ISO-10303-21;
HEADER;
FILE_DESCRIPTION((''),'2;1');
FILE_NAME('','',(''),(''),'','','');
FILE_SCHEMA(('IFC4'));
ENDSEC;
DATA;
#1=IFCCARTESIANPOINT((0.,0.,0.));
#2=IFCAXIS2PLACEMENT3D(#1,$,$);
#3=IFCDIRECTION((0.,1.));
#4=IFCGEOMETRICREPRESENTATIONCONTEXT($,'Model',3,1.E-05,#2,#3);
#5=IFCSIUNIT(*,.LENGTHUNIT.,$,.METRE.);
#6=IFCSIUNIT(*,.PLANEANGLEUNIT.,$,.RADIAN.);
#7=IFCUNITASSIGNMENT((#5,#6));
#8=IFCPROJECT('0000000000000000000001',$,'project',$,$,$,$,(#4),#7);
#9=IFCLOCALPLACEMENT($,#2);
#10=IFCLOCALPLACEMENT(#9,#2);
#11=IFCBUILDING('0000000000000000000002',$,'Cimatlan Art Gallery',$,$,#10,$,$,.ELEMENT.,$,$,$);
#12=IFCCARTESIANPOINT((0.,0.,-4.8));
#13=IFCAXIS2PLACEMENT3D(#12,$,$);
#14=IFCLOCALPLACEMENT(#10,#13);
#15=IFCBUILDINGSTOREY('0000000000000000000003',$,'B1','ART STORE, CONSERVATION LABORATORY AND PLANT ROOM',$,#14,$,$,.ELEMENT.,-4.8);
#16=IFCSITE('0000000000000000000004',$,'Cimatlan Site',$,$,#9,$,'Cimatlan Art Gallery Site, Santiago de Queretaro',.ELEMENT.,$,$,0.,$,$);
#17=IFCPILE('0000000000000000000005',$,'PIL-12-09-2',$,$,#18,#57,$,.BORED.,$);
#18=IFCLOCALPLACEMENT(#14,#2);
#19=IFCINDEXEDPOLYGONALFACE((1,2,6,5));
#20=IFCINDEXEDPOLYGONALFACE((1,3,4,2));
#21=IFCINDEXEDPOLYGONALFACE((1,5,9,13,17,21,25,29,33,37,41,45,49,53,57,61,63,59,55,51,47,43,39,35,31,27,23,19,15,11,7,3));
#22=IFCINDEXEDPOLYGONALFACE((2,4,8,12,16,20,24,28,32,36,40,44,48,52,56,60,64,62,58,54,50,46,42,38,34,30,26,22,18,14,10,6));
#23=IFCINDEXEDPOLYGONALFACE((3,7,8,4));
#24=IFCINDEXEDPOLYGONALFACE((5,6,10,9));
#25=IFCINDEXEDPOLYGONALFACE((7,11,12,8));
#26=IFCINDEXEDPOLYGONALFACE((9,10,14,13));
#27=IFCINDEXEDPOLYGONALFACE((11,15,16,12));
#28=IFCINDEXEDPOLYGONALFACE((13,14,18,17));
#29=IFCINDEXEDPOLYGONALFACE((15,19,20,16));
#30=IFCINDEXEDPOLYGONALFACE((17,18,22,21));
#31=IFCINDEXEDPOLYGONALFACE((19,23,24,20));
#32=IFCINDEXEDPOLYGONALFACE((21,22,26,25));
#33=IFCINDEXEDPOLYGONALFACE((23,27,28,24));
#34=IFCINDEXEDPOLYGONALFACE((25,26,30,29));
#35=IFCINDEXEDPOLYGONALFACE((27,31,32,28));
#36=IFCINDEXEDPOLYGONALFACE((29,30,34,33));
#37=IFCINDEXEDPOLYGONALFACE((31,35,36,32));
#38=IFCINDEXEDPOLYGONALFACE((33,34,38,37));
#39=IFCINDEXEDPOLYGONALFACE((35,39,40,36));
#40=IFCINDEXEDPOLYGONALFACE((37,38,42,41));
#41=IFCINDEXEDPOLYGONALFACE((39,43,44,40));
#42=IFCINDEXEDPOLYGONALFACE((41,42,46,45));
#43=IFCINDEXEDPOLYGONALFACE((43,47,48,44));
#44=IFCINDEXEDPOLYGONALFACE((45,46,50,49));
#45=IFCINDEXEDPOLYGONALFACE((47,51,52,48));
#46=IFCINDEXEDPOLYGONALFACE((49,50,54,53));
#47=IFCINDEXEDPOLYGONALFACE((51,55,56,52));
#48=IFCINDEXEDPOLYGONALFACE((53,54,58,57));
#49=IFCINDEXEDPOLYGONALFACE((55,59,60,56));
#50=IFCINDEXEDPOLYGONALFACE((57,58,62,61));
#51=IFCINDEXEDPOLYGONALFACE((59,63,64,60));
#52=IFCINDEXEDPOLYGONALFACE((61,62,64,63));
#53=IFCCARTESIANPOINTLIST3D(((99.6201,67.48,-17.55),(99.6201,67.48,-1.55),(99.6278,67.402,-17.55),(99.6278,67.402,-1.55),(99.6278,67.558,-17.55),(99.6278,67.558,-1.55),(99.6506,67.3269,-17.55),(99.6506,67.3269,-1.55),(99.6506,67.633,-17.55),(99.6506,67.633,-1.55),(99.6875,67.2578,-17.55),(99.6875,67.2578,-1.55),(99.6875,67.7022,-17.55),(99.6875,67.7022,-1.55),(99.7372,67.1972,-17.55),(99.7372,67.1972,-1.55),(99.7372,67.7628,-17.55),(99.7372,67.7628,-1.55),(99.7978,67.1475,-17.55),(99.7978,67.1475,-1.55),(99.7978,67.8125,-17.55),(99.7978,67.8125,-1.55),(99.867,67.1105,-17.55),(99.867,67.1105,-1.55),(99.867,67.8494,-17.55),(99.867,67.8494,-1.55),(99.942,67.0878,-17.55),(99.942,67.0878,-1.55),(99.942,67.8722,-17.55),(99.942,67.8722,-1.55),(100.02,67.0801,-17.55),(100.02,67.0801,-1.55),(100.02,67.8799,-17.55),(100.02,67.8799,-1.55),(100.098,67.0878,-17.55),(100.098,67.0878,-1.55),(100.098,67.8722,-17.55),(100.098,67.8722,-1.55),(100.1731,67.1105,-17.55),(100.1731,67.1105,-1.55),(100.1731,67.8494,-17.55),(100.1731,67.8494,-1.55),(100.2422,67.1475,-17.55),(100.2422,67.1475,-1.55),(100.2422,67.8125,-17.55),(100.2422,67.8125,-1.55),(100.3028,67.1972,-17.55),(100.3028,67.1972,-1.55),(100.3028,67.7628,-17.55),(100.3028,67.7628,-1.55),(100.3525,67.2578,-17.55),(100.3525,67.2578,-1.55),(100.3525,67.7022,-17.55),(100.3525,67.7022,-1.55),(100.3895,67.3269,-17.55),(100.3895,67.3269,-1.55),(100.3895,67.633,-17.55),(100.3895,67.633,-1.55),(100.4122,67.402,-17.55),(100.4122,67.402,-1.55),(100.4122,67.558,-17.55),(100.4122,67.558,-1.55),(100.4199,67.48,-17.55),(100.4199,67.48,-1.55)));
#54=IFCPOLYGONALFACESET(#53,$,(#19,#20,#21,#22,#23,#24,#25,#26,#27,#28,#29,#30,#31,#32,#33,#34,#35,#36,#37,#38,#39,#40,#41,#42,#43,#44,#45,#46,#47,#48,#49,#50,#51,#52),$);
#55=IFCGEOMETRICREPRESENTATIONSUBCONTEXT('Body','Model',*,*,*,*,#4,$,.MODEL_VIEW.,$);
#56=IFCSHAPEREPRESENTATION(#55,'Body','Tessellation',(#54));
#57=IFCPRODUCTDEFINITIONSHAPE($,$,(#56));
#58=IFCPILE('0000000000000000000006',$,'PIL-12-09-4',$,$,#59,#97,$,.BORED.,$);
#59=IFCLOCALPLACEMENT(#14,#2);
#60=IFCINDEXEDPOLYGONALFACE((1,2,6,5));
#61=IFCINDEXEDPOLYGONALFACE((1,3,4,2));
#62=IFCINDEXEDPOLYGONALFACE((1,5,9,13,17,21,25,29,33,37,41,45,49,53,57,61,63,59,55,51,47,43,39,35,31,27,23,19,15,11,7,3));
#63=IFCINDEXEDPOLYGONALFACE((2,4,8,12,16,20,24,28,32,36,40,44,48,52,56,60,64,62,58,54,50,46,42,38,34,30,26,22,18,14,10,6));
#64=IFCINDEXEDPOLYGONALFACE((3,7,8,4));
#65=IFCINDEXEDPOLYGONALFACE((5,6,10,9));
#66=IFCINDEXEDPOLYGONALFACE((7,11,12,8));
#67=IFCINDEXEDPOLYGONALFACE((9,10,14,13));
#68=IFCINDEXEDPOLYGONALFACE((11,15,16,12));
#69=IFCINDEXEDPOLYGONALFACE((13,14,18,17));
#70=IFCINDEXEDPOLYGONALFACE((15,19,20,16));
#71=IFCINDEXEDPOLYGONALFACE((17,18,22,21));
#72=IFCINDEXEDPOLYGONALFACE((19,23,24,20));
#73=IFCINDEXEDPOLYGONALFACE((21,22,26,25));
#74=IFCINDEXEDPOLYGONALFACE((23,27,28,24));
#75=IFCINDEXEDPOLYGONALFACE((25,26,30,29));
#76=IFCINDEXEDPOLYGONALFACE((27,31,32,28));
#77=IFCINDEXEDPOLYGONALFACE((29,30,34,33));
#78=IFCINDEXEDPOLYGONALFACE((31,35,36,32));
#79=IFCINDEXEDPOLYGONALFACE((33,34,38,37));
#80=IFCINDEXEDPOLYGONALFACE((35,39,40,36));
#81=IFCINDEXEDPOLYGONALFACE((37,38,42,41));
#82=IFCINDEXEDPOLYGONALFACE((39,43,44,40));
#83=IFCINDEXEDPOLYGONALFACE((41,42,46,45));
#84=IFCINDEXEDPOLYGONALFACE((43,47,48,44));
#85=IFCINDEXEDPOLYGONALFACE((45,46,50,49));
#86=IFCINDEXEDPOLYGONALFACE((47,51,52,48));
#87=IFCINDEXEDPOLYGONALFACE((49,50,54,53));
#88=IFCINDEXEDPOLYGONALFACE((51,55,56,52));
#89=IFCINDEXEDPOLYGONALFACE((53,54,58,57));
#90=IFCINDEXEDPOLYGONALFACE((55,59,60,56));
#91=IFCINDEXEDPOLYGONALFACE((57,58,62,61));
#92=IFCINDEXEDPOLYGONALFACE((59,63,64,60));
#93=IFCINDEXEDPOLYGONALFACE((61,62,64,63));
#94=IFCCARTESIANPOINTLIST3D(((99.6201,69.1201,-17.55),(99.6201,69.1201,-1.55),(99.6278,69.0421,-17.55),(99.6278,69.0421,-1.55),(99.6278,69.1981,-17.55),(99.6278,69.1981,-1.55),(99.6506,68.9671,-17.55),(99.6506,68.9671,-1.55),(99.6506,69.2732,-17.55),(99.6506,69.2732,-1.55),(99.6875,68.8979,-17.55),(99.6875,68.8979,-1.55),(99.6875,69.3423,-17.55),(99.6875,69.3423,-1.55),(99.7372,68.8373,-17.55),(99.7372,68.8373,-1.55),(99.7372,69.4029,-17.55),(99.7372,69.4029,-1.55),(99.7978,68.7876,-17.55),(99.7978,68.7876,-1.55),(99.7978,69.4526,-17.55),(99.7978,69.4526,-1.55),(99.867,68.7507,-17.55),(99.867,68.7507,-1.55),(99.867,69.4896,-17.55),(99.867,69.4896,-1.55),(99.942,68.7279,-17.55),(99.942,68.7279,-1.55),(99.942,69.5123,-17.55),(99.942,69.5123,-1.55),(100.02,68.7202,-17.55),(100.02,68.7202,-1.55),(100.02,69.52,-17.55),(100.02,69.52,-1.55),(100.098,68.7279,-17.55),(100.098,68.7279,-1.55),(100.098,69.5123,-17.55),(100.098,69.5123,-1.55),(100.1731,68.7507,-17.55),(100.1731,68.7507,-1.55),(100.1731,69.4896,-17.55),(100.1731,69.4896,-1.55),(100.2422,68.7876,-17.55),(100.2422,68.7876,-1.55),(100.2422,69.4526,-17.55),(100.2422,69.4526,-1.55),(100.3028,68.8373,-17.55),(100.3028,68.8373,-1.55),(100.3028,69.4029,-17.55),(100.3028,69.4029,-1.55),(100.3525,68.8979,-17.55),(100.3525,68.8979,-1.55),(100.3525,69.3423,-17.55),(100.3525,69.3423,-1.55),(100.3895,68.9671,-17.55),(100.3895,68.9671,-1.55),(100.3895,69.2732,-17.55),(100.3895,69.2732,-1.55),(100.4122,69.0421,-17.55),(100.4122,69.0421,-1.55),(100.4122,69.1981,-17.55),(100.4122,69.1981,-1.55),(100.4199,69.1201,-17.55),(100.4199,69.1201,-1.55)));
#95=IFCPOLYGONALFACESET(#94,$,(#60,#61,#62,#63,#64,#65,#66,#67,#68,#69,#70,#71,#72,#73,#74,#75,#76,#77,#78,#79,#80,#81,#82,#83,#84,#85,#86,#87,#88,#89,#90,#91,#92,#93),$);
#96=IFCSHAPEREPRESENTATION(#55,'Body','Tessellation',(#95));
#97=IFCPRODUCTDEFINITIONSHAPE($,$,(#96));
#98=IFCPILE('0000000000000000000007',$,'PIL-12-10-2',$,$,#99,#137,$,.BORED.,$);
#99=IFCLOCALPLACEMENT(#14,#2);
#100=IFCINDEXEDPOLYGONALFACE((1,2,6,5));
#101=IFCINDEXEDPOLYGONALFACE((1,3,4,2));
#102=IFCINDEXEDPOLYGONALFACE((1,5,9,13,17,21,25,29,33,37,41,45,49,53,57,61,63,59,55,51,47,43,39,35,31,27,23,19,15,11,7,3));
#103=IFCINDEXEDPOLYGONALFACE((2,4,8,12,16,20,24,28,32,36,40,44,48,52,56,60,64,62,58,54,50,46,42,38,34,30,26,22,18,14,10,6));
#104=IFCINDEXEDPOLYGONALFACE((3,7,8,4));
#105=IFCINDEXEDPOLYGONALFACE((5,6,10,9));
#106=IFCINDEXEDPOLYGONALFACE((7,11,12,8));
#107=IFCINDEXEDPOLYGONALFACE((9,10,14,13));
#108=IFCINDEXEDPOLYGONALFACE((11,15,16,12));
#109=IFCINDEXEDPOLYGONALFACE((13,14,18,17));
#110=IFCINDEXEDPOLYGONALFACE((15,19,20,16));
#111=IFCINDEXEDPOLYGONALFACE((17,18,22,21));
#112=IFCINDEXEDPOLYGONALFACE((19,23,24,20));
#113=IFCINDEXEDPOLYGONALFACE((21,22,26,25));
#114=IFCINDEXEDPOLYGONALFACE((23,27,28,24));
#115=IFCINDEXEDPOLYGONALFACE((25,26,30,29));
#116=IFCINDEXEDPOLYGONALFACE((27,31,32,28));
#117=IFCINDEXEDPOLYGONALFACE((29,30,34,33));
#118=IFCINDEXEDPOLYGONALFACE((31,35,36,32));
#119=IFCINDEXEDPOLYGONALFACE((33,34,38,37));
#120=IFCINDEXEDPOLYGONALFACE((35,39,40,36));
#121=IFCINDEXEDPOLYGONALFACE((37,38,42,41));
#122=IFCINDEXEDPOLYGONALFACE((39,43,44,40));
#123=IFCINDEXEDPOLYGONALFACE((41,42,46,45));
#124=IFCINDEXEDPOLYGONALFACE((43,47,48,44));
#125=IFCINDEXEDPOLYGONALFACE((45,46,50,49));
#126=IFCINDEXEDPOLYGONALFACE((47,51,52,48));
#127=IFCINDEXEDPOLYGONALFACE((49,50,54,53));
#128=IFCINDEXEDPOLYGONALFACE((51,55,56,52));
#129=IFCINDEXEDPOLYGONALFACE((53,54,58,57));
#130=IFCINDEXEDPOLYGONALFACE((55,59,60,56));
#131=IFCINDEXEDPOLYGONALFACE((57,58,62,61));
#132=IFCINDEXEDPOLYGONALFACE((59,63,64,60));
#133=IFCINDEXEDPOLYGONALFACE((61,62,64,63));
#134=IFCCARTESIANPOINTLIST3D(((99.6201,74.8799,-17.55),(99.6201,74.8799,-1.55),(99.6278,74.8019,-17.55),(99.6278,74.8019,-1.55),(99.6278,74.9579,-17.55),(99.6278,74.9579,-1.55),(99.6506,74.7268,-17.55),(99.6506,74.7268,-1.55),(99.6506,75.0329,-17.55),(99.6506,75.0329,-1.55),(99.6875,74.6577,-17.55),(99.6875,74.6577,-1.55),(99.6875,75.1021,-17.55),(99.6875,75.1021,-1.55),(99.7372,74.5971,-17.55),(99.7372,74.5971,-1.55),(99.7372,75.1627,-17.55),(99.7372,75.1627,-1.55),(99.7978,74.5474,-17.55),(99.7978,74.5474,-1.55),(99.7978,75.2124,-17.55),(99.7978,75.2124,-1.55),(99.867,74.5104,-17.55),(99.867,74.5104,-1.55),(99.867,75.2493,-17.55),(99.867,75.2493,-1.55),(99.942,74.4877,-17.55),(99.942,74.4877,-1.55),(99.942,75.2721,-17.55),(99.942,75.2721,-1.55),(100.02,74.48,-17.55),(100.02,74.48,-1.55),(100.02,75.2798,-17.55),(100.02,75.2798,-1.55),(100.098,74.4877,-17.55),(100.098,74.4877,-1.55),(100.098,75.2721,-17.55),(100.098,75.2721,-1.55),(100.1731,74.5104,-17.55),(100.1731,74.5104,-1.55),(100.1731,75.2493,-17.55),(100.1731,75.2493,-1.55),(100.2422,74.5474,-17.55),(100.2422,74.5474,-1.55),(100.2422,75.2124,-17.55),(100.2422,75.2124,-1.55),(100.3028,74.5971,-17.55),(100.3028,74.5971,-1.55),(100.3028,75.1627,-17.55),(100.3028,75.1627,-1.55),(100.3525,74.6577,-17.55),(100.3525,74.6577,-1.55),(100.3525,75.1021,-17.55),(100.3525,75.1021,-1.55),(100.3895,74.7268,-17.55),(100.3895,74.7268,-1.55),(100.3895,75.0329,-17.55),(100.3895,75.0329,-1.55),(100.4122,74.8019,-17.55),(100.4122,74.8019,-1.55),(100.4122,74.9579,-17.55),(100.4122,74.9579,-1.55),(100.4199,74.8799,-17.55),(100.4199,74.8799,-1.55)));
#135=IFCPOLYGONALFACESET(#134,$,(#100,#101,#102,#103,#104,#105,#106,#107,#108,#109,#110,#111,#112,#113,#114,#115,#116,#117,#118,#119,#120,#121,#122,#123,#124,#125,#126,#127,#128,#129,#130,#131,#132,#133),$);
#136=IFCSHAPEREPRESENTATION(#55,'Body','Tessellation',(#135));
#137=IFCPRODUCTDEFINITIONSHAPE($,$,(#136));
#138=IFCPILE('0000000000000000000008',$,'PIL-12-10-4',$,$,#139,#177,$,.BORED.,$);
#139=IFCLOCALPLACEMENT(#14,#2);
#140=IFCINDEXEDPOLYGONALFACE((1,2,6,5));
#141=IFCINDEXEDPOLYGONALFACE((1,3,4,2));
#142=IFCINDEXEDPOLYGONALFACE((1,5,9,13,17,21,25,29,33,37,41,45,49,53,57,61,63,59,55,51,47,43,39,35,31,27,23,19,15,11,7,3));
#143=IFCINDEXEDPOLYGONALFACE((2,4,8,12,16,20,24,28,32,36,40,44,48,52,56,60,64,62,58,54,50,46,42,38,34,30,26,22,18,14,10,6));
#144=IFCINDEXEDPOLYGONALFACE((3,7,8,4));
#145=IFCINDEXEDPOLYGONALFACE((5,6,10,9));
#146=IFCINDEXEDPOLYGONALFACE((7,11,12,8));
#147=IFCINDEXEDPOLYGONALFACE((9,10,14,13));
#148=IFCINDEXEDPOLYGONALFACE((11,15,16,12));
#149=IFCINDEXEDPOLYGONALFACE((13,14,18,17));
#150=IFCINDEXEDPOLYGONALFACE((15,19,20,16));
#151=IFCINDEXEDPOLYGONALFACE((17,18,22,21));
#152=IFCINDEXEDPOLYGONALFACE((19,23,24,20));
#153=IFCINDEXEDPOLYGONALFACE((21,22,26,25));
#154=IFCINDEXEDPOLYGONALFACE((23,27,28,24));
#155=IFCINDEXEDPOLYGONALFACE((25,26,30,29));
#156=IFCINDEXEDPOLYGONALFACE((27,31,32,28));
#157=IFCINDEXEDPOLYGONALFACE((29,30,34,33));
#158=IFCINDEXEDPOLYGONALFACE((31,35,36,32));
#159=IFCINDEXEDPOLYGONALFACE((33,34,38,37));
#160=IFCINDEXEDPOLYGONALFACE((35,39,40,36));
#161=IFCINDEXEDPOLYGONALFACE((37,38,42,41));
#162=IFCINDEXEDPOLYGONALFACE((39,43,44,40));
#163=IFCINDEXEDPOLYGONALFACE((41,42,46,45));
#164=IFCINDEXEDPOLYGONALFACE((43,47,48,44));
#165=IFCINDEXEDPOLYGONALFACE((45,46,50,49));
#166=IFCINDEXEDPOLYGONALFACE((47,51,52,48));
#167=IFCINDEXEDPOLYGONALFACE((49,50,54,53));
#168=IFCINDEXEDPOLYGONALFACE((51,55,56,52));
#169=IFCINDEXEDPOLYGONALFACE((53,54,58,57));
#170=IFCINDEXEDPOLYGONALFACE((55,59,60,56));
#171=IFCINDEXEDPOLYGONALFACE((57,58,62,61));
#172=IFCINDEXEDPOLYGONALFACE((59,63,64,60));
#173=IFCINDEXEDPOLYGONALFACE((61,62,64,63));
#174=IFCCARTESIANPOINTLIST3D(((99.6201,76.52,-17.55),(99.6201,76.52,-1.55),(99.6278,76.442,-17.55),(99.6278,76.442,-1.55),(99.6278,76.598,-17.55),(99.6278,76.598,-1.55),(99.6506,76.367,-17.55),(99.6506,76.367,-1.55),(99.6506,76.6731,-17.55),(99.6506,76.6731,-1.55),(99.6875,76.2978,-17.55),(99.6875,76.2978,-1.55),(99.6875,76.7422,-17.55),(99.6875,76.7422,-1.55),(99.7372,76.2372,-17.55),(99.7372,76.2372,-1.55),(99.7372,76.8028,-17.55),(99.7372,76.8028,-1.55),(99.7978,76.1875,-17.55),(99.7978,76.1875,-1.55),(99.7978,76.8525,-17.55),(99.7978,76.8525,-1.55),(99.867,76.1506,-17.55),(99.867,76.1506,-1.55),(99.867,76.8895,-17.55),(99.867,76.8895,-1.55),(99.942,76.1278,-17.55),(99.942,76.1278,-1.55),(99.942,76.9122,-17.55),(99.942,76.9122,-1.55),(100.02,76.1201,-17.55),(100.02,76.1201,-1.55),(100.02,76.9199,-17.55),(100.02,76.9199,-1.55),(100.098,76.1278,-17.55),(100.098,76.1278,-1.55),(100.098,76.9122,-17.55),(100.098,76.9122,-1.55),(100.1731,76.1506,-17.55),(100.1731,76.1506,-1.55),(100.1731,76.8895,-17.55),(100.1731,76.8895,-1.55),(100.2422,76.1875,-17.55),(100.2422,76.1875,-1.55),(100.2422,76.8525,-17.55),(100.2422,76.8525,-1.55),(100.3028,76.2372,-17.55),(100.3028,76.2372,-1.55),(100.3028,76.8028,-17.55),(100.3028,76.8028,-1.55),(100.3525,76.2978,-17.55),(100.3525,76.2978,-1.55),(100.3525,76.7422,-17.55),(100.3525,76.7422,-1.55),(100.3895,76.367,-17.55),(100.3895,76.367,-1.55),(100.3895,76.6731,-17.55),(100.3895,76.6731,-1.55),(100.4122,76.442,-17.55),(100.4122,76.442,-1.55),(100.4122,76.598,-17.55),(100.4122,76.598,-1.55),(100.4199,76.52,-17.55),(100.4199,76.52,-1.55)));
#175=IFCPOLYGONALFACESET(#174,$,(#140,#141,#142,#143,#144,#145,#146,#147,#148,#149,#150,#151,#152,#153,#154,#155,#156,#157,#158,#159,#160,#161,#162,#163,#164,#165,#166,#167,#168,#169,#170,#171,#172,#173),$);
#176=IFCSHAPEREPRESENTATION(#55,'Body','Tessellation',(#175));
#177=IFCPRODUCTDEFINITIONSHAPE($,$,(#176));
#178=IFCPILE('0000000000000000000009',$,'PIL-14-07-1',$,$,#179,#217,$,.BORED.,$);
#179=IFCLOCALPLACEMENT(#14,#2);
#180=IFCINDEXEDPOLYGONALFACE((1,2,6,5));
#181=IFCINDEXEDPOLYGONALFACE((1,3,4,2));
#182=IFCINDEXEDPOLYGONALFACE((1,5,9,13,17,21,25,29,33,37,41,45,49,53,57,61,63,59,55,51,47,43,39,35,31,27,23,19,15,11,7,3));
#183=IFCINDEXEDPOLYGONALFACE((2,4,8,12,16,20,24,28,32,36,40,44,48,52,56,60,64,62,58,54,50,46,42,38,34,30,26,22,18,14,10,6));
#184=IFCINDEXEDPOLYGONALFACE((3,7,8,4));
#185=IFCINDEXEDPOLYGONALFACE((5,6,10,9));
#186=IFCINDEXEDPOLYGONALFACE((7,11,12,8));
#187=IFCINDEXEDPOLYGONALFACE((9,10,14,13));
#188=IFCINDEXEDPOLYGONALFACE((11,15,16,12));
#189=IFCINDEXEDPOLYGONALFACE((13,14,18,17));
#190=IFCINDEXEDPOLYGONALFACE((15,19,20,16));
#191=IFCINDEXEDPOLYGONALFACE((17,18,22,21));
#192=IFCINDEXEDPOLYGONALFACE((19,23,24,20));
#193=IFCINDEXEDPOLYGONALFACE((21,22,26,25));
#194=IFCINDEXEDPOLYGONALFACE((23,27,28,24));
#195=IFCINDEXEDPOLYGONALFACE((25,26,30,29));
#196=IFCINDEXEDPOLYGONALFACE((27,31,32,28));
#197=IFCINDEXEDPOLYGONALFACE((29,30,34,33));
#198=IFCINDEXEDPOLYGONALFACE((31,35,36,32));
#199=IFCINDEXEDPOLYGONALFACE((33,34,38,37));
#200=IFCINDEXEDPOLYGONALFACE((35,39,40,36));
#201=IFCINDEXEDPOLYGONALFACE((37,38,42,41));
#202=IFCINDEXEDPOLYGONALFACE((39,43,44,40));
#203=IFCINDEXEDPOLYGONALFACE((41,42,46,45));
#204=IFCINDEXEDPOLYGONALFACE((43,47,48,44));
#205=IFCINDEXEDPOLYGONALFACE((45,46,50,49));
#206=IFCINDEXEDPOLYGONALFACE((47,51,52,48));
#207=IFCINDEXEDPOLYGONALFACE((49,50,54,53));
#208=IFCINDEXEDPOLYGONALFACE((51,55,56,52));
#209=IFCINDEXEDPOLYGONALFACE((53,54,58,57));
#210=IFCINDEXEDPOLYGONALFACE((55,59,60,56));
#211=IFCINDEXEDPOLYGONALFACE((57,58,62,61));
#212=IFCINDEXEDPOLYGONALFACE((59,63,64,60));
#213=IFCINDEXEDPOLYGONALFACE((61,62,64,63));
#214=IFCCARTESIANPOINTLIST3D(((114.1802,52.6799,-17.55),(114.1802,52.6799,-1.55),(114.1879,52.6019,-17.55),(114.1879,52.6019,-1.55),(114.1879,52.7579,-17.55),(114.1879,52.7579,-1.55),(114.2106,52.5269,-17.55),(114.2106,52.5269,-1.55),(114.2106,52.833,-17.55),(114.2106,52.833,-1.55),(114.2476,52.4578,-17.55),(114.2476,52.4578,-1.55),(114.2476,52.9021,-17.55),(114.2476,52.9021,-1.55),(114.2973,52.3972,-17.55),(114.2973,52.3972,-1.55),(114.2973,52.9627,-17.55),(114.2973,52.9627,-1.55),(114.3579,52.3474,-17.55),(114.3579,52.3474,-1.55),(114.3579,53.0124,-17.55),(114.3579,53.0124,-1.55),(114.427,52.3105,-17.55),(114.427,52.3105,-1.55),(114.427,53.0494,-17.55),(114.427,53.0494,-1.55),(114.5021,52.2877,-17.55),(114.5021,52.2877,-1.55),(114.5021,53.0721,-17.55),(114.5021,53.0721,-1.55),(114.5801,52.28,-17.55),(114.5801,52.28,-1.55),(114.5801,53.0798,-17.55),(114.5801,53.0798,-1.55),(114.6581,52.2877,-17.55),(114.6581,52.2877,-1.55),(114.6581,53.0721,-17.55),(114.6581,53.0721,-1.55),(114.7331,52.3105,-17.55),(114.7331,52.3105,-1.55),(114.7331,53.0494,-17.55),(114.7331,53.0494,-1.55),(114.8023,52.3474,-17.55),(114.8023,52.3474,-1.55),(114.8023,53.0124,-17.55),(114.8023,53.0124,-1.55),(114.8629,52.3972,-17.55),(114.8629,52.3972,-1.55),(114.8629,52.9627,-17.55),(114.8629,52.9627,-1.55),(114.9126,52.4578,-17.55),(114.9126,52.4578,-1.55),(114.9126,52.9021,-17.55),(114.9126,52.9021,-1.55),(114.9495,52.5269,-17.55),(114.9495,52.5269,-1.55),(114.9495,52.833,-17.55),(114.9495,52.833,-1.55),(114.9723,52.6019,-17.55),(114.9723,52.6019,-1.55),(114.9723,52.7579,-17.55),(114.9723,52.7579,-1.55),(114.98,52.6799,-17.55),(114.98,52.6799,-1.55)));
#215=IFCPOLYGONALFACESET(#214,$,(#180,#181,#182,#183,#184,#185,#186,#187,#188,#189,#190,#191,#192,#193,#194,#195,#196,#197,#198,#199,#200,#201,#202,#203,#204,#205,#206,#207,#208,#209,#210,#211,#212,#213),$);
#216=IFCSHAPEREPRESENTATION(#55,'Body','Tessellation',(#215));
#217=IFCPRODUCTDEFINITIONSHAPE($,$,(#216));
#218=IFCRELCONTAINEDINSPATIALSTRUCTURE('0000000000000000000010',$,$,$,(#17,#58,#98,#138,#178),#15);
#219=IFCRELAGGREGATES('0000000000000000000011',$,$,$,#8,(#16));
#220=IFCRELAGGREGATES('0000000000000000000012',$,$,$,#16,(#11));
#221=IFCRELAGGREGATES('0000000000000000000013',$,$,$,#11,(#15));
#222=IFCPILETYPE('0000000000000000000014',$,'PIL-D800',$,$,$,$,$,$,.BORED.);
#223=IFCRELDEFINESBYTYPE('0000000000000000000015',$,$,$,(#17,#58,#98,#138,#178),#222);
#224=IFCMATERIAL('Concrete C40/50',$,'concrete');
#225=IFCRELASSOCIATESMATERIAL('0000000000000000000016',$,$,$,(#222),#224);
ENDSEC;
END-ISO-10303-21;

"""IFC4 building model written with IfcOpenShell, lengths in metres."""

from ifc_helpers import new_model, si_unit, direction, frame, origin, origin_2d, place, context, subcontext, project, spatial, circle, extrude, material, type_object, element, save


model = new_model("IFC4")

# Units and contexts
model_context = context("Model", 3, precision=1e-05, world=origin(), true_north=direction((0.0, 1.0)))
body_context = subcontext(model_context, "Body", "Model", "MODEL_VIEW")
ifc_project = project(units=[si_unit("LENGTHUNIT", "METRE"), si_unit("PLANEANGLEUNIT", "RADIAN")], contexts=[model_context])

# Site, building, storey
site_placement = place(None, origin())
site = spatial("IfcSite", under=ifc_project, at=site_placement, Name="Cimatlan Site", LongName="Cimatlan Art Gallery Site, Santiago de Queretaro", CompositionType="ELEMENT", RefElevation=0.0)
building_placement = place(site_placement, origin())
building = spatial("IfcBuilding", under=site, at=building_placement, Name="Cimatlan Art Gallery", CompositionType="ELEMENT")
storey_placement = place(building_placement, frame((0.0, 0.0, -4.8)))
storey = spatial("IfcBuildingStorey", under=building, at=storey_placement, Name="B1", Description="ART STORE, CONSERVATION LABORATORY AND PLANT ROOM", CompositionType="ELEMENT", Elevation=-4.8)

# Shared definitions
ifc_material_1 = material(Name="Concrete C40/50", Category="concrete")

# Piles
pile_type = type_object("IfcPileType", Name="PIL-D800", PredefinedType="BORED", material=ifc_material_1)
for number, where, z_axis, x_axis, name in (
    (1, (100.02, 67.48, -1.55), (0.0, 0.0, -1.0), (1.0, 0.0, 0.0), "PIL-12-09-2"),
    (2, (100.02, 69.1201, -1.55), (0.0, 0.0, -1.0), (1.0, 0.0, 0.0), "PIL-12-09-4"),
    (3, (100.02, 74.8799, -1.55), (0.0, 0.0, -1.0), (1.0, 0.0, 0.0), "PIL-12-10-2"),
    (4, (100.02, 76.52, -1.55), (0.0, 0.0, -1.0), (1.0, 0.0, 0.0), "PIL-12-10-4"),
    (5, (114.5801, 52.6799, -1.55), (0.0, 0.0, -1.0), (1.0, 0.0, 0.0), "PIL-14-07-1"),
):
    element("IfcPile", number, at=place(storey_placement, frame(where, z_axis=z_axis, x_axis=x_axis)), inside=storey, type_object=pile_type, Name=name, PredefinedType="BORED", context=body_context, shape_type="SweptSolid", body=[
        extrude(circle(Radius=0.3999, at=origin_2d()), origin(), (0.0, 0.0, 1.0), 16.0),
    ])

save(model, "model.ifc")
